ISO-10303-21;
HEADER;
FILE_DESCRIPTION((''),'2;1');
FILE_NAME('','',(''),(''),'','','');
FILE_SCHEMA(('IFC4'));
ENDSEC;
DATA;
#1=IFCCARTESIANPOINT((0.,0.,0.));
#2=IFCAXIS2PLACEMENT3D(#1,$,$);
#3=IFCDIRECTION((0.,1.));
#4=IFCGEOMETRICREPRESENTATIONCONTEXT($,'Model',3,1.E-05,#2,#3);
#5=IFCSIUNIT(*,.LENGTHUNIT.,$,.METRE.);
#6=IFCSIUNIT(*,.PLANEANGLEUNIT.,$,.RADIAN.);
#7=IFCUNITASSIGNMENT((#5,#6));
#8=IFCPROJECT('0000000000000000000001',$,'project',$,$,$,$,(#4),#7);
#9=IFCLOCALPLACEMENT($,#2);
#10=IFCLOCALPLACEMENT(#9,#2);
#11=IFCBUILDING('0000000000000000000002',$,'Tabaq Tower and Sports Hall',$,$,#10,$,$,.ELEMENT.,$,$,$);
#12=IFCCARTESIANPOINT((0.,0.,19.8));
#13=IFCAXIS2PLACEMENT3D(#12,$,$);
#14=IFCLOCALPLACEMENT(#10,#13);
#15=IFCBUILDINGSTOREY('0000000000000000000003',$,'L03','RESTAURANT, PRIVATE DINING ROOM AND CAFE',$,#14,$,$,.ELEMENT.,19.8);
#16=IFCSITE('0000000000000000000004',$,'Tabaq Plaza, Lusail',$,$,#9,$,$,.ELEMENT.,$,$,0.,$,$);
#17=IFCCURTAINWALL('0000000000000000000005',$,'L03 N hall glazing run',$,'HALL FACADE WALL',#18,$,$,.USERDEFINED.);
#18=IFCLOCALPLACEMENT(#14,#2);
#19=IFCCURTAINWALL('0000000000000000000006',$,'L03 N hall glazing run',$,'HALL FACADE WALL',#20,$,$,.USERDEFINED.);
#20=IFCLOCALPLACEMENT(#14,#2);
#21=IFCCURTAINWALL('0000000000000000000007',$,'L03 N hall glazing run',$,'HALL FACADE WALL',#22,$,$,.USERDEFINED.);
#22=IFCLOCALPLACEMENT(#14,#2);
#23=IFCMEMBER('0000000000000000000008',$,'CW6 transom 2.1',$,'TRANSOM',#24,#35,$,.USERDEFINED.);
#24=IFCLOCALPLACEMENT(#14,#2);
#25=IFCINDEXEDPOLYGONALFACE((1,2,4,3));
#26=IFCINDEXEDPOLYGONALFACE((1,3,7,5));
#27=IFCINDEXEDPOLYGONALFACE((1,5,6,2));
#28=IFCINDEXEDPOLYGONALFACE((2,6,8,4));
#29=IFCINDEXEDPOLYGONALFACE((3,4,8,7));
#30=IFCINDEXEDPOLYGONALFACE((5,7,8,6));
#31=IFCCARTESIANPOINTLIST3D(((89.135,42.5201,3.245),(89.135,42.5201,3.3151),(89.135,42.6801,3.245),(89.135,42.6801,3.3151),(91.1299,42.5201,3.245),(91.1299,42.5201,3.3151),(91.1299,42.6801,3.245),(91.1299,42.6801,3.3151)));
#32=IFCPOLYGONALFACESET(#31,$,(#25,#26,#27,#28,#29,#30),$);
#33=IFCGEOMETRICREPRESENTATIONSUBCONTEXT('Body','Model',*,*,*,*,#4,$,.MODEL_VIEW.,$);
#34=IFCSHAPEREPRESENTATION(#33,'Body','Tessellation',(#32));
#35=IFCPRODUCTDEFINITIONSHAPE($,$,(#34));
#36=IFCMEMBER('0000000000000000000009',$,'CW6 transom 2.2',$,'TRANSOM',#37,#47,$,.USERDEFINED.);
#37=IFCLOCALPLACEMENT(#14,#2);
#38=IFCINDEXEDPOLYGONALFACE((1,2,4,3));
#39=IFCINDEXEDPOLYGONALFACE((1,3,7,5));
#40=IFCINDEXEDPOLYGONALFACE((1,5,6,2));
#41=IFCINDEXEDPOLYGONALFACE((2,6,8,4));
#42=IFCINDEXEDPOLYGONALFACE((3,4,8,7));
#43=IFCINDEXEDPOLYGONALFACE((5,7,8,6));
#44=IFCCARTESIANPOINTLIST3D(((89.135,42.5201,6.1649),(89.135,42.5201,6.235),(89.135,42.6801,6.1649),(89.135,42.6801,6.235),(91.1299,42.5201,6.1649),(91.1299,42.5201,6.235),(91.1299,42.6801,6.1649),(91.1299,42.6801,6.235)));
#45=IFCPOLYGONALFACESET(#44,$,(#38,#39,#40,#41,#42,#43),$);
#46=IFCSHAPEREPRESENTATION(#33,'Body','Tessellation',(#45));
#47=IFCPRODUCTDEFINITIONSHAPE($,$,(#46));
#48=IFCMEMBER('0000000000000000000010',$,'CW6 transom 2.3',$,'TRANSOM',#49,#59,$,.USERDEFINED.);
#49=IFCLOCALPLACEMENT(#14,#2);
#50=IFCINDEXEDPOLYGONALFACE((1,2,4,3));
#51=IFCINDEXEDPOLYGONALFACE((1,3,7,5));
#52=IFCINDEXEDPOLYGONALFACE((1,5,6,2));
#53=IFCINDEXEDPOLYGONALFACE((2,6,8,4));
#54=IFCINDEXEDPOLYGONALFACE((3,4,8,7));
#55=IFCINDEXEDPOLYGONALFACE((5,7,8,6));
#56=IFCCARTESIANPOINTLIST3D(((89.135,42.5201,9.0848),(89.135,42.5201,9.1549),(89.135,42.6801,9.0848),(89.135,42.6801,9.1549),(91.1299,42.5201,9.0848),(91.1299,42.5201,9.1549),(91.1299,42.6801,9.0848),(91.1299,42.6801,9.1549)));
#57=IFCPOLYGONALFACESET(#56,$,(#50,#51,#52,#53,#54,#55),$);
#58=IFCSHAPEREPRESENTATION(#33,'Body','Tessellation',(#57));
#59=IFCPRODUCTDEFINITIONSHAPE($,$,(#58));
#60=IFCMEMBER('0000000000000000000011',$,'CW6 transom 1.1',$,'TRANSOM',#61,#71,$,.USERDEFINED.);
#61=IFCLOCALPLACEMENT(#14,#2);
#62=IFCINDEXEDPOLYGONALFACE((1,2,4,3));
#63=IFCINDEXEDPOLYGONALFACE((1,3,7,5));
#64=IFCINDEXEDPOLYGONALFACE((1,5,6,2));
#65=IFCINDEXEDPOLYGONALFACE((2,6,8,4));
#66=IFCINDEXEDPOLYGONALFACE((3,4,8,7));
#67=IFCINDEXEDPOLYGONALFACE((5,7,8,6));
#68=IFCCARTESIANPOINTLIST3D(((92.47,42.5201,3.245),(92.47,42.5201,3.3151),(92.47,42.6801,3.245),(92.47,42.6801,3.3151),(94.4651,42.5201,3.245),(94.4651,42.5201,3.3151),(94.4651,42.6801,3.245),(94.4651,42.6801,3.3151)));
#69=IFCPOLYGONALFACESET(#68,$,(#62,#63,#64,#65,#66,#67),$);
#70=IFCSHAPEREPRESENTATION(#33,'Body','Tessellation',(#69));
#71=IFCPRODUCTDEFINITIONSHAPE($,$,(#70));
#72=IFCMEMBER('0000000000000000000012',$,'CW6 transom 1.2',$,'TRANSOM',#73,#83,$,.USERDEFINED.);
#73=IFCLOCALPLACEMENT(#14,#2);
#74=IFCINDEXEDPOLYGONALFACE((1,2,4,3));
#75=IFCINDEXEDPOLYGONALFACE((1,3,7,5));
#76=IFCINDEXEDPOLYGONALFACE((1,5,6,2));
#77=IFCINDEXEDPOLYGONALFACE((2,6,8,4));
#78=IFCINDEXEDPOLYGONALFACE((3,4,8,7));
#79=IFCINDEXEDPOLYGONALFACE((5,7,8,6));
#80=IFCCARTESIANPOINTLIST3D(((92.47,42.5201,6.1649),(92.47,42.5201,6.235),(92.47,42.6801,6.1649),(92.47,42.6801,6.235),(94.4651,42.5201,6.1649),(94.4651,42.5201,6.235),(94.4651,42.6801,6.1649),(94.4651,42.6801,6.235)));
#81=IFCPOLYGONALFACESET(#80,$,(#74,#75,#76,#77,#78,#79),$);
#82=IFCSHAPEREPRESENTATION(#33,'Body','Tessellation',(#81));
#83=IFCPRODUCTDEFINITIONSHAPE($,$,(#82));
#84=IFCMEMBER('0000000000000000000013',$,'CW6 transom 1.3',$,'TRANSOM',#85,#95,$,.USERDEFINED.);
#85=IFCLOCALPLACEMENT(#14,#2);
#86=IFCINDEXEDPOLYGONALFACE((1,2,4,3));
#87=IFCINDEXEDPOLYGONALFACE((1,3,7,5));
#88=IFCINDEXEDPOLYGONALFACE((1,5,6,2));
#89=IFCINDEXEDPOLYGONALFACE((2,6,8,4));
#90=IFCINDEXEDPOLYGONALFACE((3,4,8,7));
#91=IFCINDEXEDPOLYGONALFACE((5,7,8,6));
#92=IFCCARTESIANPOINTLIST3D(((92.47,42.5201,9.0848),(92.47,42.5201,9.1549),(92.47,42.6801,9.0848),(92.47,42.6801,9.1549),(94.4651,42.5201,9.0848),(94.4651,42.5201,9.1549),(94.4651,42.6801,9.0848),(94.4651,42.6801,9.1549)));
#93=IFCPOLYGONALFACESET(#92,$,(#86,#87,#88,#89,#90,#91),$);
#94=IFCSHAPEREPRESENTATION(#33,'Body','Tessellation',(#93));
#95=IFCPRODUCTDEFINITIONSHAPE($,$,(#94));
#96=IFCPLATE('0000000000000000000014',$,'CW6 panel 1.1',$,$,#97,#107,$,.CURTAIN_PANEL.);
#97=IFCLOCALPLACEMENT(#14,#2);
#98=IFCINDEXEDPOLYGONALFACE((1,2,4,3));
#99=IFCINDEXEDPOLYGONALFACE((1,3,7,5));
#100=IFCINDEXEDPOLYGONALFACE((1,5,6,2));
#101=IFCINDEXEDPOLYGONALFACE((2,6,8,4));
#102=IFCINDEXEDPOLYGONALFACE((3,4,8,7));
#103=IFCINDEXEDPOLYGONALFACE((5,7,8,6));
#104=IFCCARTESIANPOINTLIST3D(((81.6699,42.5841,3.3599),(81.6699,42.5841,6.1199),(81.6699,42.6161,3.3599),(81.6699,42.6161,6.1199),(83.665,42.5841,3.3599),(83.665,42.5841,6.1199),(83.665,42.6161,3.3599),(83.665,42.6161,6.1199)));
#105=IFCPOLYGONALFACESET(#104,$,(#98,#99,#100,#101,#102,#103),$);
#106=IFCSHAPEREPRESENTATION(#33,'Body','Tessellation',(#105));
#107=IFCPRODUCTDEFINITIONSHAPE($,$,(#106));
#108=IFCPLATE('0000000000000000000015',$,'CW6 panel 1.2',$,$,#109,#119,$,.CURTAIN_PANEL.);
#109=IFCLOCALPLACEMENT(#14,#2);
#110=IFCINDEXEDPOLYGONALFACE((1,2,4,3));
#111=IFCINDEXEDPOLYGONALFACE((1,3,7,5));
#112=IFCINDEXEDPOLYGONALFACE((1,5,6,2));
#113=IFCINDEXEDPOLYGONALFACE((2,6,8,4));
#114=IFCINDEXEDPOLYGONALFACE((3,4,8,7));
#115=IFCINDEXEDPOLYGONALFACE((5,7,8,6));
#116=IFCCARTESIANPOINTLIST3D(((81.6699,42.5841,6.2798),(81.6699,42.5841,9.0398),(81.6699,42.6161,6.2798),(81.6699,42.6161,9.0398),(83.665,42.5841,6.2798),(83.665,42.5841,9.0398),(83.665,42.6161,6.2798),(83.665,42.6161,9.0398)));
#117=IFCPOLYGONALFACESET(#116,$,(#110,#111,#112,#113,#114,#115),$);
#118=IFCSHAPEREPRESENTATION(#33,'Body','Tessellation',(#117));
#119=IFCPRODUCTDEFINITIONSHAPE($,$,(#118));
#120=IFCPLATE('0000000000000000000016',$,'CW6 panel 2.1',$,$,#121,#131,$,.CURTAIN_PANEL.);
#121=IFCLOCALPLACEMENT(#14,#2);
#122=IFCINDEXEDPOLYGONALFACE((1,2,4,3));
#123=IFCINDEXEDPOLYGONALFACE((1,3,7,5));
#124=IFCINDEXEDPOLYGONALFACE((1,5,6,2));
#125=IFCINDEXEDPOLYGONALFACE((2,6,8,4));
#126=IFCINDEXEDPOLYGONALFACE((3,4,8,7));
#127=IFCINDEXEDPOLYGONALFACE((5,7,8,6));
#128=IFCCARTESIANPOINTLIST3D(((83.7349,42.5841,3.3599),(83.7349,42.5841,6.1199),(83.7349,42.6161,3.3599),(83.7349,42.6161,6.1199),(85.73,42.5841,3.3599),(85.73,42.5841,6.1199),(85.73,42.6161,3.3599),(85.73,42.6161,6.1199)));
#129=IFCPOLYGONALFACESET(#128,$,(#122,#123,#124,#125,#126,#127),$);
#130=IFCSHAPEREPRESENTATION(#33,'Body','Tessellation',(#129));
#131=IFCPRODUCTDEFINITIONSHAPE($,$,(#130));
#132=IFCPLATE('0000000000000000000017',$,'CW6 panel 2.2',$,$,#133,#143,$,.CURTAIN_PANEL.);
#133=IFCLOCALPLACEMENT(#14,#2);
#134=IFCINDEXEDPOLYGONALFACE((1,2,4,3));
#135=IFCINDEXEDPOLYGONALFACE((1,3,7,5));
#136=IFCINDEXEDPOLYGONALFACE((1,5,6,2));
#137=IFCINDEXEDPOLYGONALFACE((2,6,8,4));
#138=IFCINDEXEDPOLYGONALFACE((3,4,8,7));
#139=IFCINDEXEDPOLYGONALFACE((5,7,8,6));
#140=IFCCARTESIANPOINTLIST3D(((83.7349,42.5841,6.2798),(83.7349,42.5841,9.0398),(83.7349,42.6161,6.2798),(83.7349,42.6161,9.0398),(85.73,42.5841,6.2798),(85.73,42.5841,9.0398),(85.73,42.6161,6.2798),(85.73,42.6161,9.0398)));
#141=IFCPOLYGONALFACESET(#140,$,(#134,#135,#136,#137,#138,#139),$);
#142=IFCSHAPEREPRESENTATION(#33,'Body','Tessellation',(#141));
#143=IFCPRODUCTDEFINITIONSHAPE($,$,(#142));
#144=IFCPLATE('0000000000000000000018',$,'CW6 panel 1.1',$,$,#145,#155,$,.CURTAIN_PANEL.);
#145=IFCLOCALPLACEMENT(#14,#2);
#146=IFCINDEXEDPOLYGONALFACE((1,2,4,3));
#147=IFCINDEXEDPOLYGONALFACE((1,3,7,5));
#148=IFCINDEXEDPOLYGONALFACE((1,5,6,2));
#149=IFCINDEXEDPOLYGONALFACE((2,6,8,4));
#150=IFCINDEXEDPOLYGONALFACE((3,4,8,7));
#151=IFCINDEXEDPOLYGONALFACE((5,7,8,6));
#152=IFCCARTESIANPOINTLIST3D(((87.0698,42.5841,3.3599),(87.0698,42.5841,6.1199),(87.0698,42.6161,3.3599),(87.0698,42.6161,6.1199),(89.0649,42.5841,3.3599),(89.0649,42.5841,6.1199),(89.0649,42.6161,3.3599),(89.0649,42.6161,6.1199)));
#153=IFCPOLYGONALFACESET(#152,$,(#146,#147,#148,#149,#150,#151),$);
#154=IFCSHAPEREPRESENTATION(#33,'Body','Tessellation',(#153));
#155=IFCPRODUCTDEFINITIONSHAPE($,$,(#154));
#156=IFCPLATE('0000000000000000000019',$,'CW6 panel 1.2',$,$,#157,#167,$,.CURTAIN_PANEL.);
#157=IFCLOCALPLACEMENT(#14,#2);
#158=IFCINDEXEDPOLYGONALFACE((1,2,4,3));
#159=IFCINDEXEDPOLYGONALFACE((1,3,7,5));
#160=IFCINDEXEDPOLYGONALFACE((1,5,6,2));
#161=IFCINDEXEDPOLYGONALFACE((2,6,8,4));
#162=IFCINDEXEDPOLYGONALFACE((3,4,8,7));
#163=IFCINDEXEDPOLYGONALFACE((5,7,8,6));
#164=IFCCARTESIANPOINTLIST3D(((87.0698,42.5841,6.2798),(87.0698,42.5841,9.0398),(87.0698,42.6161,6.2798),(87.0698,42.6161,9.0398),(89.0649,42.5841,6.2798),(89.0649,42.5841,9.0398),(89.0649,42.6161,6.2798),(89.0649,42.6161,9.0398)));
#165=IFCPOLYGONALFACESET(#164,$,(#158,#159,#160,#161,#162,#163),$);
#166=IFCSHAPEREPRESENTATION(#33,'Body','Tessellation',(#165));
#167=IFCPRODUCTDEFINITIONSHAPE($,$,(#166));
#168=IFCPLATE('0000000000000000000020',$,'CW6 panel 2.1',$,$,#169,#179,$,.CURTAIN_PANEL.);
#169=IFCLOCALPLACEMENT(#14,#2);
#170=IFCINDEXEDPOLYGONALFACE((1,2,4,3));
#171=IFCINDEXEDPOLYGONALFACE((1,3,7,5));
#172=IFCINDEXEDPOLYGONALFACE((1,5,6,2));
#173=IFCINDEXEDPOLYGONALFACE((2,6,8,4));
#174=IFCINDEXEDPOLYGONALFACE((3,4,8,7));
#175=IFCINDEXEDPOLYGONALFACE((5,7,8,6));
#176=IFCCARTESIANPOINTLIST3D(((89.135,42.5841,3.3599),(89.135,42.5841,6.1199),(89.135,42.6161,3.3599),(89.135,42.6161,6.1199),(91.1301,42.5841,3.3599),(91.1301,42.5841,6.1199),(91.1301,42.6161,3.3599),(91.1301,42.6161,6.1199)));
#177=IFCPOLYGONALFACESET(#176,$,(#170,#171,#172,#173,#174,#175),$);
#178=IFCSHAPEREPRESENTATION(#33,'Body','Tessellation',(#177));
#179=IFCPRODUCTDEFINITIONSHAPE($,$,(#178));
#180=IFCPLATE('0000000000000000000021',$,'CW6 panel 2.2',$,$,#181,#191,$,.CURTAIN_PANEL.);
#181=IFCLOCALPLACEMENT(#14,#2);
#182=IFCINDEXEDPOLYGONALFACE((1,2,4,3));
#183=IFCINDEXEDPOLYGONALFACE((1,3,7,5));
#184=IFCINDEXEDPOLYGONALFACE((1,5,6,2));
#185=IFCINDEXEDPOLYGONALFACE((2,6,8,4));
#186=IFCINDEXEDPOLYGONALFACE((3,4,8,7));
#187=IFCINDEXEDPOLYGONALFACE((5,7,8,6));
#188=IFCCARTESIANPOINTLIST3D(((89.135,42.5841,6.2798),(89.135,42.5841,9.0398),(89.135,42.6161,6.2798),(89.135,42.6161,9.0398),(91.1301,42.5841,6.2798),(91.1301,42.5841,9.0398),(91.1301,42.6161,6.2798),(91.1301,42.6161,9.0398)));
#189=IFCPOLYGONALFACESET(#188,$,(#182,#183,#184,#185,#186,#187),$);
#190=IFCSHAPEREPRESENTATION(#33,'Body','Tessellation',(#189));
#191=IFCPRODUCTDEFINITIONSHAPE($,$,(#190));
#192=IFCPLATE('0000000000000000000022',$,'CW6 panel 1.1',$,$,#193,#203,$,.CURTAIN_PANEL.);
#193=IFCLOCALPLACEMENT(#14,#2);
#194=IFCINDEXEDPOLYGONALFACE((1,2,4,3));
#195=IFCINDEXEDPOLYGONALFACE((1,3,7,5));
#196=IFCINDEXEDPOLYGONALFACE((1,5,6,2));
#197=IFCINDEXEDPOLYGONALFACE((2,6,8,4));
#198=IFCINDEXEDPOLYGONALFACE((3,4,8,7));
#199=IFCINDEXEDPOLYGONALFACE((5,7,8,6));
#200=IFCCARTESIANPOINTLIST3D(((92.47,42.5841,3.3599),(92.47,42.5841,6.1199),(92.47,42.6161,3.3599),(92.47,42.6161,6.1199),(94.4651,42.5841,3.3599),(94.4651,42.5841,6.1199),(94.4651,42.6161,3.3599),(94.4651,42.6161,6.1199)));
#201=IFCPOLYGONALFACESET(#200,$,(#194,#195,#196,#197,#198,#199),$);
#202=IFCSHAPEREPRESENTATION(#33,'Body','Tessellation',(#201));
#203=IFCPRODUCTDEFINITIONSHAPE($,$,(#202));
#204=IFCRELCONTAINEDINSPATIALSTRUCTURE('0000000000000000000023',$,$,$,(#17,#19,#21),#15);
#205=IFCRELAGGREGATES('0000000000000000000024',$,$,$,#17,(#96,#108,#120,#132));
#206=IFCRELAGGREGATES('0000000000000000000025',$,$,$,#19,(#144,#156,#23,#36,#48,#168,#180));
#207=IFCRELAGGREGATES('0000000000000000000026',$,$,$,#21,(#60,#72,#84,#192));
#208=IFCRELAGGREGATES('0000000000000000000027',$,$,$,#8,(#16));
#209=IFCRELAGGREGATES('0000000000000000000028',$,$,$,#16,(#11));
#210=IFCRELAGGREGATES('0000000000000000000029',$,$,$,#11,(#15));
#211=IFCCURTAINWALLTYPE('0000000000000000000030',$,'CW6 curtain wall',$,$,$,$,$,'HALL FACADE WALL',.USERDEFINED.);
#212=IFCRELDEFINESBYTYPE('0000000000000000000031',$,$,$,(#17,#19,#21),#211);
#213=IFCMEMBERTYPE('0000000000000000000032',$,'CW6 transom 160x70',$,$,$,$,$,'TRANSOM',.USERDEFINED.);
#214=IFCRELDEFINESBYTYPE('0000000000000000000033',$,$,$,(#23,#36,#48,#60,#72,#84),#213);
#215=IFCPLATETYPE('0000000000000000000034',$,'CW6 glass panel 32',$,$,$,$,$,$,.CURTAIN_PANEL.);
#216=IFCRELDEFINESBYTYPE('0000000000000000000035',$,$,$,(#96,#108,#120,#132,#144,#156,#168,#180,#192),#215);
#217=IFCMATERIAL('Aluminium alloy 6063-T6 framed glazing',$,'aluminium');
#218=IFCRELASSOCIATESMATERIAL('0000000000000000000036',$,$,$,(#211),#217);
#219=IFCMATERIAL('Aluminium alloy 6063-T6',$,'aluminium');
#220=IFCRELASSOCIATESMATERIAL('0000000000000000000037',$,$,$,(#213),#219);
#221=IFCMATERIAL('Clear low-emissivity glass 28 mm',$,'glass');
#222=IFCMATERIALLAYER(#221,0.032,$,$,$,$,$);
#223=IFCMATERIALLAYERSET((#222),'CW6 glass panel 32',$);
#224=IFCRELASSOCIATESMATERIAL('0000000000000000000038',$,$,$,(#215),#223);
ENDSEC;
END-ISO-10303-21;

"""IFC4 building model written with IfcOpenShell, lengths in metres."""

from ifc_helpers import new_model, si_unit, direction, frame, origin, origin_2d, place, context, subcontext, project, spatial, rectangle, extrude, material, layer, layer_set, material_profile, profile_set, type_object, element, aggregate, save


model = new_model("IFC4")

# Units and contexts
model_context = context("Model", 3, precision=1e-05, world=origin(), true_north=direction((0.0, 1.0)))
body_context = subcontext(model_context, "Body", "Model", "MODEL_VIEW")
ifc_project = project(units=[si_unit("LENGTHUNIT", "METRE"), si_unit("PLANEANGLEUNIT", "RADIAN")], contexts=[model_context])

# Site, building, storey
site_placement = place(None, origin())
site = spatial("IfcSite", under=ifc_project, at=site_placement, Name="Tabaq Plaza, Lusail", CompositionType="ELEMENT", RefElevation=0.0)
building_placement = place(site_placement, origin())
building = spatial("IfcBuilding", under=site, at=building_placement, Name="Tabaq Tower and Sports Hall", CompositionType="ELEMENT")
storey_placement = place(building_placement, frame((0.0, 0.0, 19.8)))
storey = spatial("IfcBuildingStorey", under=building, at=storey_placement, Name="L03", Description="RESTAURANT, PRIVATE DINING ROOM AND CAFE", CompositionType="ELEMENT", Elevation=19.8)

# Curtain walls
ifc_material_1 = material(Name="Aluminium alloy 6063-T6 framed glazing", Category="aluminium")
curtain_wall_type = type_object("IfcCurtainWallType", Name="CW6 curtain wall", ElementType="HALL FACADE WALL", PredefinedType="USERDEFINED", material=ifc_material_1)
curtain_wall_1_placement = place(storey_placement, origin())
curtain_wall_1 = element("IfcCurtainWall", 1, at=curtain_wall_1_placement, inside=storey, type_object=curtain_wall_type, Name="L03 N hall glazing run", ObjectType="HALL FACADE WALL", PredefinedType="USERDEFINED")
curtain_wall_2_placement = place(storey_placement, origin())
curtain_wall_2 = element("IfcCurtainWall", 2, at=curtain_wall_2_placement, inside=storey, type_object=curtain_wall_type, Name="L03 N hall glazing run", ObjectType="HALL FACADE WALL", PredefinedType="USERDEFINED")

# Curtain wall
curtain_wall_3_placement = place(storey_placement, origin())
curtain_wall_3 = element("IfcCurtainWall", 3, at=curtain_wall_3_placement, inside=storey, type_object=curtain_wall_type, Name="L03 N hall glazing run", ObjectType="HALL FACADE WALL", PredefinedType="USERDEFINED")

# Members
ifc_material_2 = material(Name="Aluminium alloy 6063-T6", Category="aluminium")
ifc_material_profile_1 = material_profile(ifc_material_2, rectangle(XDim=0.1599, YDim=0.0701, at=origin_2d()), Name="TRANSOM 160x70")
ifc_profile_set_1 = profile_set([ifc_material_profile_1], Name="Aluminium alloy 6063-T6")
member_type_1 = type_object("IfcMemberType", Name="CW6 transom 160x70", ElementType="TRANSOM", PredefinedType="USERDEFINED", material=ifc_profile_set_1)
member_1_placement = place(storey_placement, frame((89.135, 42.6001, 3.28), z_axis=(1.0, 0.0, 0.0), x_axis=(0.0, 1.0, 0.0)))
member_1 = element("IfcMember", 4, at=member_1_placement, type_object=member_type_1, Name="CW6 transom 2.1", ObjectType="TRANSOM", PredefinedType="USERDEFINED", context=body_context, shape_type="SweptSolid", body=[
    extrude(rectangle(XDim=0.1599, YDim=0.0701, at=origin_2d()), origin(), (0.0, 0.0, 1.0), 1.9949),
])
member_2_placement = place(storey_placement, frame((89.135, 42.6001, 6.2), z_axis=(1.0, 0.0, 0.0), x_axis=(0.0, 1.0, 0.0)))
member_2 = element("IfcMember", 5, at=member_2_placement, type_object=member_type_1, Name="CW6 transom 2.2", ObjectType="TRANSOM", PredefinedType="USERDEFINED", context=body_context, shape_type="SweptSolid", body=[
    extrude(rectangle(XDim=0.1599, YDim=0.0701, at=origin_2d()), origin(), (0.0, 0.0, 1.0), 1.9949),
])
member_3_placement = place(storey_placement, frame((89.135, 42.6001, 9.1199), z_axis=(1.0, 0.0, 0.0), x_axis=(0.0, 1.0, 0.0)))
member_3 = element("IfcMember", 6, at=member_3_placement, type_object=member_type_1, Name="CW6 transom 2.3", ObjectType="TRANSOM", PredefinedType="USERDEFINED", context=body_context, shape_type="SweptSolid", body=[
    extrude(rectangle(XDim=0.1599, YDim=0.0701, at=origin_2d()), origin(), (0.0, 0.0, 1.0), 1.9949),
])
member_4_placement = place(storey_placement, frame((92.47, 42.6001, 3.28), z_axis=(1.0, 0.0, 0.0), x_axis=(0.0, 1.0, 0.0)))
member_4 = element("IfcMember", 7, at=member_4_placement, type_object=member_type_1, Name="CW6 transom 1.1", ObjectType="TRANSOM", PredefinedType="USERDEFINED", context=body_context, shape_type="SweptSolid", body=[
    extrude(rectangle(XDim=0.1599, YDim=0.0701, at=origin_2d()), origin(), (0.0, 0.0, 1.0), 1.9951),
])
member_5_placement = place(storey_placement, frame((92.47, 42.6001, 6.2), z_axis=(1.0, 0.0, 0.0), x_axis=(0.0, 1.0, 0.0)))
member_5 = element("IfcMember", 8, at=member_5_placement, type_object=member_type_1, Name="CW6 transom 1.2", ObjectType="TRANSOM", PredefinedType="USERDEFINED", context=body_context, shape_type="SweptSolid", body=[
    extrude(rectangle(XDim=0.1599, YDim=0.0701, at=origin_2d()), origin(), (0.0, 0.0, 1.0), 1.9951),
])
member_6_placement = place(storey_placement, frame((92.47, 42.6001, 9.1199), z_axis=(1.0, 0.0, 0.0), x_axis=(0.0, 1.0, 0.0)))
member_6 = element("IfcMember", 9, at=member_6_placement, type_object=member_type_1, Name="CW6 transom 1.3", ObjectType="TRANSOM", PredefinedType="USERDEFINED", context=body_context, shape_type="SweptSolid", body=[
    extrude(rectangle(XDim=0.1599, YDim=0.0701, at=origin_2d()), origin(), (0.0, 0.0, 1.0), 1.9951),
])

# Plates
ifc_material_3 = material(Name="Clear low-emissivity glass 28 mm", Category="glass")
ifc_layer_1 = layer(ifc_material_3, 0.032)
ifc_layer_set_1 = layer_set([ifc_layer_1], Name="CW6 glass panel 32")
plate_type = type_object("IfcPlateType", Name="CW6 glass panel 32", PredefinedType="CURTAIN_PANEL", material=ifc_layer_set_1)
plate_1_placement = place(storey_placement, frame((82.6675, 42.6001, 3.3599), z_axis=(0.0, 0.0, 1.0), x_axis=(1.0, 0.0, 0.0)))
plate_1 = element("IfcPlate", 10, at=plate_1_placement, type_object=plate_type, Name="CW6 panel 1.1", PredefinedType="CURTAIN_PANEL", context=body_context, shape_type="SweptSolid", body=[
    extrude(rectangle(XDim=1.9951, YDim=0.032, at=origin_2d()), origin(), (0.0, 0.0, 1.0), 2.76),
])
plate_2_placement = place(storey_placement, frame((82.6675, 42.6001, 6.2798), z_axis=(0.0, 0.0, 1.0), x_axis=(1.0, 0.0, 0.0)))
plate_2 = element("IfcPlate", 11, at=plate_2_placement, type_object=plate_type, Name="CW6 panel 1.2", PredefinedType="CURTAIN_PANEL", context=body_context, shape_type="SweptSolid", body=[
    extrude(rectangle(XDim=1.9951, YDim=0.032, at=origin_2d()), origin(), (0.0, 0.0, 1.0), 2.76),
])
plate_3_placement = place(storey_placement, frame((84.7324, 42.6001, 3.3599), z_axis=(0.0, 0.0, 1.0), x_axis=(1.0, 0.0, 0.0)))
plate_3 = element("IfcPlate", 12, at=plate_3_placement, type_object=plate_type, Name="CW6 panel 2.1", PredefinedType="CURTAIN_PANEL", context=body_context, shape_type="SweptSolid", body=[
    extrude(rectangle(XDim=1.9951, YDim=0.032, at=origin_2d()), origin(), (0.0, 0.0, 1.0), 2.76),
])
plate_4_placement = place(storey_placement, frame((84.7324, 42.6001, 6.2798), z_axis=(0.0, 0.0, 1.0), x_axis=(1.0, 0.0, 0.0)))
plate_4 = element("IfcPlate", 13, at=plate_4_placement, type_object=plate_type, Name="CW6 panel 2.2", PredefinedType="CURTAIN_PANEL", context=body_context, shape_type="SweptSolid", body=[
    extrude(rectangle(XDim=1.9951, YDim=0.032, at=origin_2d()), origin(), (0.0, 0.0, 1.0), 2.76),
])
aggregate(curtain_wall_1, [plate_1, plate_2, plate_3, plate_4])
plate_5_placement = place(storey_placement, frame((88.0674, 42.6001, 3.3599), z_axis=(0.0, 0.0, 1.0), x_axis=(1.0, 0.0, 0.0)))
plate_5 = element("IfcPlate", 14, at=plate_5_placement, type_object=plate_type, Name="CW6 panel 1.1", PredefinedType="CURTAIN_PANEL", context=body_context, shape_type="SweptSolid", body=[
    extrude(rectangle(XDim=1.9951, YDim=0.032, at=origin_2d()), origin(), (0.0, 0.0, 1.0), 2.76),
])
plate_6_placement = place(storey_placement, frame((88.0674, 42.6001, 6.2798), z_axis=(0.0, 0.0, 1.0), x_axis=(1.0, 0.0, 0.0)))
plate_6 = element("IfcPlate", 15, at=plate_6_placement, type_object=plate_type, Name="CW6 panel 1.2", PredefinedType="CURTAIN_PANEL", context=body_context, shape_type="SweptSolid", body=[
    extrude(rectangle(XDim=1.9951, YDim=0.032, at=origin_2d()), origin(), (0.0, 0.0, 1.0), 2.76),
])
plate_7_placement = place(storey_placement, frame((90.1326, 42.6001, 3.3599), z_axis=(0.0, 0.0, 1.0), x_axis=(1.0, 0.0, 0.0)))
plate_7 = element("IfcPlate", 16, at=plate_7_placement, type_object=plate_type, Name="CW6 panel 2.1", PredefinedType="CURTAIN_PANEL", context=body_context, shape_type="SweptSolid", body=[
    extrude(rectangle(XDim=1.9951, YDim=0.032, at=origin_2d()), origin(), (0.0, 0.0, 1.0), 2.76),
])
plate_8_placement = place(storey_placement, frame((90.1326, 42.6001, 6.2798), z_axis=(0.0, 0.0, 1.0), x_axis=(1.0, 0.0, 0.0)))
plate_8 = element("IfcPlate", 17, at=plate_8_placement, type_object=plate_type, Name="CW6 panel 2.2", PredefinedType="CURTAIN_PANEL", context=body_context, shape_type="SweptSolid", body=[
    extrude(rectangle(XDim=1.9951, YDim=0.032, at=origin_2d()), origin(), (0.0, 0.0, 1.0), 2.76),
])
aggregate(curtain_wall_2, [plate_5, plate_6, member_1, member_2, member_3, plate_7, plate_8])
plate_9_placement = place(storey_placement, frame((93.4675, 42.6001, 3.3599), z_axis=(0.0, 0.0, 1.0), x_axis=(1.0, 0.0, 0.0)))
plate_9 = element("IfcPlate", 18, at=plate_9_placement, type_object=plate_type, Name="CW6 panel 1.1", PredefinedType="CURTAIN_PANEL", context=body_context, shape_type="SweptSolid", body=[
    extrude(rectangle(XDim=1.9951, YDim=0.032, at=origin_2d()), origin(), (0.0, 0.0, 1.0), 2.76),
])
aggregate(curtain_wall_3, [member_4, member_5, member_6, plate_9])

save(model, "model.ifc")
